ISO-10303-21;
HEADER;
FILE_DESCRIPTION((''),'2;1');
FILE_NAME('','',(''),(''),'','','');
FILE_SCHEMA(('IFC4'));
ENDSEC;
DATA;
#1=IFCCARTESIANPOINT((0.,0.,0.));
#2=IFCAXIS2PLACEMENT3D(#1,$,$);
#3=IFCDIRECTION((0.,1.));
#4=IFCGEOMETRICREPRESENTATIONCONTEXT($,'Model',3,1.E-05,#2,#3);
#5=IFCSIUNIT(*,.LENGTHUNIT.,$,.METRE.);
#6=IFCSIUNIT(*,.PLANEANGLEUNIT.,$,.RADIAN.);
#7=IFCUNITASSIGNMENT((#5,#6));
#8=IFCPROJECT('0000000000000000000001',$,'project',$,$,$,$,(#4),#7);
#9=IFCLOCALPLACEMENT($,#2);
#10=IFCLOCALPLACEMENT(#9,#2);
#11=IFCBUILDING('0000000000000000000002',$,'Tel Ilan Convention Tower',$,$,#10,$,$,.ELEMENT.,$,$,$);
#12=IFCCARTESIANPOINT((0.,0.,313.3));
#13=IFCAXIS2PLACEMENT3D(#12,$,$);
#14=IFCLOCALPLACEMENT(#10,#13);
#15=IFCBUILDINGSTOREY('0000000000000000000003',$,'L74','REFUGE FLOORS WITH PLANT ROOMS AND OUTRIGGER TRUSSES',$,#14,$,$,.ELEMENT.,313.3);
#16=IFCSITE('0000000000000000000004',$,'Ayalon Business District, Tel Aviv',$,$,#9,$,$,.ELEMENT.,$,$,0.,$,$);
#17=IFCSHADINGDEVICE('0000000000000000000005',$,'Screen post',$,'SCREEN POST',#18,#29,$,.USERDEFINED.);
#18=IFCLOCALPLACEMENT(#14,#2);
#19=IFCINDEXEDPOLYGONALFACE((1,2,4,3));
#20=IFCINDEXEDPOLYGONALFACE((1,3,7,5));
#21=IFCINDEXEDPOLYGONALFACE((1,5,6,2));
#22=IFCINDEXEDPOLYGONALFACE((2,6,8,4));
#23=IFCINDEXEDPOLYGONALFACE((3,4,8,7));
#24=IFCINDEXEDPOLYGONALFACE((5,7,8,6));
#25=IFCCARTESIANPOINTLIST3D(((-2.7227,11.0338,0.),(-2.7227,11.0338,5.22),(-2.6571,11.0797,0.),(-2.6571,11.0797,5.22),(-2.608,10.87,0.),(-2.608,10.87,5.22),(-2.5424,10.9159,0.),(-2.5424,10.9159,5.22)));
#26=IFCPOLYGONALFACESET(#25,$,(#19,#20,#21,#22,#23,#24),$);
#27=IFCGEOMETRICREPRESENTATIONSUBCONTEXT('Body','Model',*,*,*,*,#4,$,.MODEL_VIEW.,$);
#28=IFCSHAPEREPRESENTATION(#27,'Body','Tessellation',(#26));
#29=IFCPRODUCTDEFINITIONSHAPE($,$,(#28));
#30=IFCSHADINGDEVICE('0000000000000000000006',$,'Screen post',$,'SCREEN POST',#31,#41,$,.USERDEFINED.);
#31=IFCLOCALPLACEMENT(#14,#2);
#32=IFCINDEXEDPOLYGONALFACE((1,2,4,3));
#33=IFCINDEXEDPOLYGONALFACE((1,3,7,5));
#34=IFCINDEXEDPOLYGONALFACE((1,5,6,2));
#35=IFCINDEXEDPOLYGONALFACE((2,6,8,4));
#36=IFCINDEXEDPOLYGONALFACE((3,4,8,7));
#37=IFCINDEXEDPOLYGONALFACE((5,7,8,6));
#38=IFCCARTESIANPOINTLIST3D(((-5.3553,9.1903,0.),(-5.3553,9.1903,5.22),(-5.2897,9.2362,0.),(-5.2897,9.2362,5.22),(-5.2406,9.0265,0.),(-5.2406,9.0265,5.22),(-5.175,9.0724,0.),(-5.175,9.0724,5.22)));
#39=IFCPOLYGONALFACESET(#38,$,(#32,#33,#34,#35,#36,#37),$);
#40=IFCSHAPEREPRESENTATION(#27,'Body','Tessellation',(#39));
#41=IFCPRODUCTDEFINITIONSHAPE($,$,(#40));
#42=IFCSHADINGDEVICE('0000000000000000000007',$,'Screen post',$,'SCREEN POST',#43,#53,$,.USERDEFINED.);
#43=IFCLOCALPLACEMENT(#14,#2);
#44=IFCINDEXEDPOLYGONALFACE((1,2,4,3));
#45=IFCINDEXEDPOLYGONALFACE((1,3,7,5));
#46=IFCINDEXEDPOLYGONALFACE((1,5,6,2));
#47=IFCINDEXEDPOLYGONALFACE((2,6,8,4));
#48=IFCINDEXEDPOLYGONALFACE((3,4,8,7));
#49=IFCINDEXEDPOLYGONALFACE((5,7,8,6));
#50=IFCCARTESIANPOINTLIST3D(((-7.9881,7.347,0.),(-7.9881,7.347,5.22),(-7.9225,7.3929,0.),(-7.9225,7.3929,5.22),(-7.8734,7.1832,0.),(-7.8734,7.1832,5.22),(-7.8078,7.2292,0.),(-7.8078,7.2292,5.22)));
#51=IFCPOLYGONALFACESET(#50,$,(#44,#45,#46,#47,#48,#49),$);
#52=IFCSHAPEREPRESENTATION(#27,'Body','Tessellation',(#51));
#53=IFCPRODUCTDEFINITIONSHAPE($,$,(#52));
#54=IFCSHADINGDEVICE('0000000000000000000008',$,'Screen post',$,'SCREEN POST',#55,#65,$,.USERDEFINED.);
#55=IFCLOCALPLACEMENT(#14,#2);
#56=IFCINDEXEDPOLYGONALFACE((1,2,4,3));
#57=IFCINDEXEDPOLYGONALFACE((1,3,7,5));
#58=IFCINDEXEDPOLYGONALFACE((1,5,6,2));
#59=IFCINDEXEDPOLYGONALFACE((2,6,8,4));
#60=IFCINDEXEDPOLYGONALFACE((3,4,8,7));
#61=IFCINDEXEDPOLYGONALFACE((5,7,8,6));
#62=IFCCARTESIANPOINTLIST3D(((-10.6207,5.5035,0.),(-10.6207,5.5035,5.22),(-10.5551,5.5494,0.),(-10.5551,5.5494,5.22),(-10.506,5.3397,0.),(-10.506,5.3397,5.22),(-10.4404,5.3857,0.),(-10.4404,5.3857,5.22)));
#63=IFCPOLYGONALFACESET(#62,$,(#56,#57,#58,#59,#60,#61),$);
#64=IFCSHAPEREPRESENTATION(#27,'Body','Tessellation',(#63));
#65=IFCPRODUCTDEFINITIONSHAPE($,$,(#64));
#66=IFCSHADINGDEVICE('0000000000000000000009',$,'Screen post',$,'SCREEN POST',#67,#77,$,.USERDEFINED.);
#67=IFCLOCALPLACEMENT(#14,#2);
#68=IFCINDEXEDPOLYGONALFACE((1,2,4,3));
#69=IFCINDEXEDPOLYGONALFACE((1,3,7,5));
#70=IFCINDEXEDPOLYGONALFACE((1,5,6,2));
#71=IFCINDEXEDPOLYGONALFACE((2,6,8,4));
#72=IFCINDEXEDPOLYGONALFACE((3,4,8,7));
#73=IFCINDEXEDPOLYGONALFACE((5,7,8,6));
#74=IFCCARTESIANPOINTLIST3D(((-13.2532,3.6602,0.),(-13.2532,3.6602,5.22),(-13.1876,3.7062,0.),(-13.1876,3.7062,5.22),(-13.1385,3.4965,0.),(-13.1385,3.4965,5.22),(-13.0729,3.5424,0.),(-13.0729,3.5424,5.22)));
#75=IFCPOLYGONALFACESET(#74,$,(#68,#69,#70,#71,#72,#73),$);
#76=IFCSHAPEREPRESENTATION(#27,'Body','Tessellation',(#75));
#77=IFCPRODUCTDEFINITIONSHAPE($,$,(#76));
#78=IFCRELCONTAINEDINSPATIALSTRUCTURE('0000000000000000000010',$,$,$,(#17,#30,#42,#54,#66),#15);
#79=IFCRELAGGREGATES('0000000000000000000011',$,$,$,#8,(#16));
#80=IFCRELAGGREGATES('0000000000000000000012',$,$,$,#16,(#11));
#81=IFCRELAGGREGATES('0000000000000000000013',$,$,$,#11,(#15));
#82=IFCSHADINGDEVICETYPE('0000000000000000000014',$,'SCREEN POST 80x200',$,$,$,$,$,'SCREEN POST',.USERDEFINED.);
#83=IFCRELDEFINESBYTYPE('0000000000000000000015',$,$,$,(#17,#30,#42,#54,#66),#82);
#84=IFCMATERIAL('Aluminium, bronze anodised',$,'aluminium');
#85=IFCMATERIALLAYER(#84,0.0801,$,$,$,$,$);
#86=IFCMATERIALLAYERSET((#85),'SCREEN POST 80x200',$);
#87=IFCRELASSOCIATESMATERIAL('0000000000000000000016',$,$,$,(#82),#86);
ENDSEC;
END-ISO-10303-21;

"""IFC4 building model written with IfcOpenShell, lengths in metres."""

from ifc_helpers import new_model, si_unit, direction, frame, origin, origin_2d, place, context, subcontext, project, spatial, rectangle, extrude, material, layer, layer_set, type_object, element, save


model = new_model("IFC4")

# Units and contexts
model_context = context("Model", 3, precision=1e-05, world=origin(), true_north=direction((0.0, 1.0)))
body_context = subcontext(model_context, "Body", "Model", "MODEL_VIEW")
ifc_project = project(units=[si_unit("LENGTHUNIT", "METRE"), si_unit("PLANEANGLEUNIT", "RADIAN")], contexts=[model_context])

# Site, building, storey
site_placement = place(None, origin())
site = spatial("IfcSite", under=ifc_project, at=site_placement, Name="Ayalon Business District, Tel Aviv", CompositionType="ELEMENT", RefElevation=0.0)
building_placement = place(site_placement, origin())
building = spatial("IfcBuilding", under=site, at=building_placement, Name="Tel Ilan Convention Tower", CompositionType="ELEMENT")
storey_placement = place(building_placement, frame((0.0, 0.0, 313.3)))
storey = spatial("IfcBuildingStorey", under=building, at=storey_placement, Name="L74", Description="REFUGE FLOORS WITH PLANT ROOMS AND OUTRIGGER TRUSSES", CompositionType="ELEMENT", Elevation=313.3)

# Shading devices
ifc_material_1 = material(Name="Aluminium, bronze anodised", Category="aluminium")
ifc_layer_1 = layer(ifc_material_1, 0.0801)
ifc_layer_set_1 = layer_set([ifc_layer_1], Name="SCREEN POST 80x200")
shading_device_type_1 = type_object("IfcShadingDeviceType", Name="SCREEN POST 80x200", ElementType="SCREEN POST", PredefinedType="USERDEFINED", material=ifc_layer_set_1)
for number, where, z_axis, x_axis, name in (
    (1, (-2.6326, 10.9749, 0.0), (0.0, 0.0, 1.0), (-0.819152, -0.573576, 0.0), "Screen post"),
    (2, (-5.2651, 9.1313, 0.0), (0.0, 0.0, 1.0), (-0.819152, -0.573576, 0.0), "Screen post"),
    (3, (-7.8979, 7.2881, 0.0), (0.0, 0.0, 1.0), (-0.819152, -0.573576, 0.0), "Screen post"),
    (4, (-10.5305, 5.4446, 0.0), (0.0, 0.0, 1.0), (-0.819152, -0.573576, 0.0), "Screen post"),
    (5, (-13.1631, 3.6013, 0.0), (0.0, 0.0, 1.0), (-0.819152, -0.573576, 0.0), "Screen post"),
):
    element("IfcShadingDevice", number, at=place(storey_placement, frame(where, z_axis=z_axis, x_axis=x_axis)), inside=storey, type_object=shading_device_type_1, Name=name, ObjectType="SCREEN POST", PredefinedType="USERDEFINED", context=body_context, shape_type="SweptSolid", body=[
        extrude(rectangle(XDim=0.0801, YDim=0.2, at=origin_2d()), origin(), (0.0, 0.0, 1.0), 5.22),
    ])

save(model, "model.ifc")
